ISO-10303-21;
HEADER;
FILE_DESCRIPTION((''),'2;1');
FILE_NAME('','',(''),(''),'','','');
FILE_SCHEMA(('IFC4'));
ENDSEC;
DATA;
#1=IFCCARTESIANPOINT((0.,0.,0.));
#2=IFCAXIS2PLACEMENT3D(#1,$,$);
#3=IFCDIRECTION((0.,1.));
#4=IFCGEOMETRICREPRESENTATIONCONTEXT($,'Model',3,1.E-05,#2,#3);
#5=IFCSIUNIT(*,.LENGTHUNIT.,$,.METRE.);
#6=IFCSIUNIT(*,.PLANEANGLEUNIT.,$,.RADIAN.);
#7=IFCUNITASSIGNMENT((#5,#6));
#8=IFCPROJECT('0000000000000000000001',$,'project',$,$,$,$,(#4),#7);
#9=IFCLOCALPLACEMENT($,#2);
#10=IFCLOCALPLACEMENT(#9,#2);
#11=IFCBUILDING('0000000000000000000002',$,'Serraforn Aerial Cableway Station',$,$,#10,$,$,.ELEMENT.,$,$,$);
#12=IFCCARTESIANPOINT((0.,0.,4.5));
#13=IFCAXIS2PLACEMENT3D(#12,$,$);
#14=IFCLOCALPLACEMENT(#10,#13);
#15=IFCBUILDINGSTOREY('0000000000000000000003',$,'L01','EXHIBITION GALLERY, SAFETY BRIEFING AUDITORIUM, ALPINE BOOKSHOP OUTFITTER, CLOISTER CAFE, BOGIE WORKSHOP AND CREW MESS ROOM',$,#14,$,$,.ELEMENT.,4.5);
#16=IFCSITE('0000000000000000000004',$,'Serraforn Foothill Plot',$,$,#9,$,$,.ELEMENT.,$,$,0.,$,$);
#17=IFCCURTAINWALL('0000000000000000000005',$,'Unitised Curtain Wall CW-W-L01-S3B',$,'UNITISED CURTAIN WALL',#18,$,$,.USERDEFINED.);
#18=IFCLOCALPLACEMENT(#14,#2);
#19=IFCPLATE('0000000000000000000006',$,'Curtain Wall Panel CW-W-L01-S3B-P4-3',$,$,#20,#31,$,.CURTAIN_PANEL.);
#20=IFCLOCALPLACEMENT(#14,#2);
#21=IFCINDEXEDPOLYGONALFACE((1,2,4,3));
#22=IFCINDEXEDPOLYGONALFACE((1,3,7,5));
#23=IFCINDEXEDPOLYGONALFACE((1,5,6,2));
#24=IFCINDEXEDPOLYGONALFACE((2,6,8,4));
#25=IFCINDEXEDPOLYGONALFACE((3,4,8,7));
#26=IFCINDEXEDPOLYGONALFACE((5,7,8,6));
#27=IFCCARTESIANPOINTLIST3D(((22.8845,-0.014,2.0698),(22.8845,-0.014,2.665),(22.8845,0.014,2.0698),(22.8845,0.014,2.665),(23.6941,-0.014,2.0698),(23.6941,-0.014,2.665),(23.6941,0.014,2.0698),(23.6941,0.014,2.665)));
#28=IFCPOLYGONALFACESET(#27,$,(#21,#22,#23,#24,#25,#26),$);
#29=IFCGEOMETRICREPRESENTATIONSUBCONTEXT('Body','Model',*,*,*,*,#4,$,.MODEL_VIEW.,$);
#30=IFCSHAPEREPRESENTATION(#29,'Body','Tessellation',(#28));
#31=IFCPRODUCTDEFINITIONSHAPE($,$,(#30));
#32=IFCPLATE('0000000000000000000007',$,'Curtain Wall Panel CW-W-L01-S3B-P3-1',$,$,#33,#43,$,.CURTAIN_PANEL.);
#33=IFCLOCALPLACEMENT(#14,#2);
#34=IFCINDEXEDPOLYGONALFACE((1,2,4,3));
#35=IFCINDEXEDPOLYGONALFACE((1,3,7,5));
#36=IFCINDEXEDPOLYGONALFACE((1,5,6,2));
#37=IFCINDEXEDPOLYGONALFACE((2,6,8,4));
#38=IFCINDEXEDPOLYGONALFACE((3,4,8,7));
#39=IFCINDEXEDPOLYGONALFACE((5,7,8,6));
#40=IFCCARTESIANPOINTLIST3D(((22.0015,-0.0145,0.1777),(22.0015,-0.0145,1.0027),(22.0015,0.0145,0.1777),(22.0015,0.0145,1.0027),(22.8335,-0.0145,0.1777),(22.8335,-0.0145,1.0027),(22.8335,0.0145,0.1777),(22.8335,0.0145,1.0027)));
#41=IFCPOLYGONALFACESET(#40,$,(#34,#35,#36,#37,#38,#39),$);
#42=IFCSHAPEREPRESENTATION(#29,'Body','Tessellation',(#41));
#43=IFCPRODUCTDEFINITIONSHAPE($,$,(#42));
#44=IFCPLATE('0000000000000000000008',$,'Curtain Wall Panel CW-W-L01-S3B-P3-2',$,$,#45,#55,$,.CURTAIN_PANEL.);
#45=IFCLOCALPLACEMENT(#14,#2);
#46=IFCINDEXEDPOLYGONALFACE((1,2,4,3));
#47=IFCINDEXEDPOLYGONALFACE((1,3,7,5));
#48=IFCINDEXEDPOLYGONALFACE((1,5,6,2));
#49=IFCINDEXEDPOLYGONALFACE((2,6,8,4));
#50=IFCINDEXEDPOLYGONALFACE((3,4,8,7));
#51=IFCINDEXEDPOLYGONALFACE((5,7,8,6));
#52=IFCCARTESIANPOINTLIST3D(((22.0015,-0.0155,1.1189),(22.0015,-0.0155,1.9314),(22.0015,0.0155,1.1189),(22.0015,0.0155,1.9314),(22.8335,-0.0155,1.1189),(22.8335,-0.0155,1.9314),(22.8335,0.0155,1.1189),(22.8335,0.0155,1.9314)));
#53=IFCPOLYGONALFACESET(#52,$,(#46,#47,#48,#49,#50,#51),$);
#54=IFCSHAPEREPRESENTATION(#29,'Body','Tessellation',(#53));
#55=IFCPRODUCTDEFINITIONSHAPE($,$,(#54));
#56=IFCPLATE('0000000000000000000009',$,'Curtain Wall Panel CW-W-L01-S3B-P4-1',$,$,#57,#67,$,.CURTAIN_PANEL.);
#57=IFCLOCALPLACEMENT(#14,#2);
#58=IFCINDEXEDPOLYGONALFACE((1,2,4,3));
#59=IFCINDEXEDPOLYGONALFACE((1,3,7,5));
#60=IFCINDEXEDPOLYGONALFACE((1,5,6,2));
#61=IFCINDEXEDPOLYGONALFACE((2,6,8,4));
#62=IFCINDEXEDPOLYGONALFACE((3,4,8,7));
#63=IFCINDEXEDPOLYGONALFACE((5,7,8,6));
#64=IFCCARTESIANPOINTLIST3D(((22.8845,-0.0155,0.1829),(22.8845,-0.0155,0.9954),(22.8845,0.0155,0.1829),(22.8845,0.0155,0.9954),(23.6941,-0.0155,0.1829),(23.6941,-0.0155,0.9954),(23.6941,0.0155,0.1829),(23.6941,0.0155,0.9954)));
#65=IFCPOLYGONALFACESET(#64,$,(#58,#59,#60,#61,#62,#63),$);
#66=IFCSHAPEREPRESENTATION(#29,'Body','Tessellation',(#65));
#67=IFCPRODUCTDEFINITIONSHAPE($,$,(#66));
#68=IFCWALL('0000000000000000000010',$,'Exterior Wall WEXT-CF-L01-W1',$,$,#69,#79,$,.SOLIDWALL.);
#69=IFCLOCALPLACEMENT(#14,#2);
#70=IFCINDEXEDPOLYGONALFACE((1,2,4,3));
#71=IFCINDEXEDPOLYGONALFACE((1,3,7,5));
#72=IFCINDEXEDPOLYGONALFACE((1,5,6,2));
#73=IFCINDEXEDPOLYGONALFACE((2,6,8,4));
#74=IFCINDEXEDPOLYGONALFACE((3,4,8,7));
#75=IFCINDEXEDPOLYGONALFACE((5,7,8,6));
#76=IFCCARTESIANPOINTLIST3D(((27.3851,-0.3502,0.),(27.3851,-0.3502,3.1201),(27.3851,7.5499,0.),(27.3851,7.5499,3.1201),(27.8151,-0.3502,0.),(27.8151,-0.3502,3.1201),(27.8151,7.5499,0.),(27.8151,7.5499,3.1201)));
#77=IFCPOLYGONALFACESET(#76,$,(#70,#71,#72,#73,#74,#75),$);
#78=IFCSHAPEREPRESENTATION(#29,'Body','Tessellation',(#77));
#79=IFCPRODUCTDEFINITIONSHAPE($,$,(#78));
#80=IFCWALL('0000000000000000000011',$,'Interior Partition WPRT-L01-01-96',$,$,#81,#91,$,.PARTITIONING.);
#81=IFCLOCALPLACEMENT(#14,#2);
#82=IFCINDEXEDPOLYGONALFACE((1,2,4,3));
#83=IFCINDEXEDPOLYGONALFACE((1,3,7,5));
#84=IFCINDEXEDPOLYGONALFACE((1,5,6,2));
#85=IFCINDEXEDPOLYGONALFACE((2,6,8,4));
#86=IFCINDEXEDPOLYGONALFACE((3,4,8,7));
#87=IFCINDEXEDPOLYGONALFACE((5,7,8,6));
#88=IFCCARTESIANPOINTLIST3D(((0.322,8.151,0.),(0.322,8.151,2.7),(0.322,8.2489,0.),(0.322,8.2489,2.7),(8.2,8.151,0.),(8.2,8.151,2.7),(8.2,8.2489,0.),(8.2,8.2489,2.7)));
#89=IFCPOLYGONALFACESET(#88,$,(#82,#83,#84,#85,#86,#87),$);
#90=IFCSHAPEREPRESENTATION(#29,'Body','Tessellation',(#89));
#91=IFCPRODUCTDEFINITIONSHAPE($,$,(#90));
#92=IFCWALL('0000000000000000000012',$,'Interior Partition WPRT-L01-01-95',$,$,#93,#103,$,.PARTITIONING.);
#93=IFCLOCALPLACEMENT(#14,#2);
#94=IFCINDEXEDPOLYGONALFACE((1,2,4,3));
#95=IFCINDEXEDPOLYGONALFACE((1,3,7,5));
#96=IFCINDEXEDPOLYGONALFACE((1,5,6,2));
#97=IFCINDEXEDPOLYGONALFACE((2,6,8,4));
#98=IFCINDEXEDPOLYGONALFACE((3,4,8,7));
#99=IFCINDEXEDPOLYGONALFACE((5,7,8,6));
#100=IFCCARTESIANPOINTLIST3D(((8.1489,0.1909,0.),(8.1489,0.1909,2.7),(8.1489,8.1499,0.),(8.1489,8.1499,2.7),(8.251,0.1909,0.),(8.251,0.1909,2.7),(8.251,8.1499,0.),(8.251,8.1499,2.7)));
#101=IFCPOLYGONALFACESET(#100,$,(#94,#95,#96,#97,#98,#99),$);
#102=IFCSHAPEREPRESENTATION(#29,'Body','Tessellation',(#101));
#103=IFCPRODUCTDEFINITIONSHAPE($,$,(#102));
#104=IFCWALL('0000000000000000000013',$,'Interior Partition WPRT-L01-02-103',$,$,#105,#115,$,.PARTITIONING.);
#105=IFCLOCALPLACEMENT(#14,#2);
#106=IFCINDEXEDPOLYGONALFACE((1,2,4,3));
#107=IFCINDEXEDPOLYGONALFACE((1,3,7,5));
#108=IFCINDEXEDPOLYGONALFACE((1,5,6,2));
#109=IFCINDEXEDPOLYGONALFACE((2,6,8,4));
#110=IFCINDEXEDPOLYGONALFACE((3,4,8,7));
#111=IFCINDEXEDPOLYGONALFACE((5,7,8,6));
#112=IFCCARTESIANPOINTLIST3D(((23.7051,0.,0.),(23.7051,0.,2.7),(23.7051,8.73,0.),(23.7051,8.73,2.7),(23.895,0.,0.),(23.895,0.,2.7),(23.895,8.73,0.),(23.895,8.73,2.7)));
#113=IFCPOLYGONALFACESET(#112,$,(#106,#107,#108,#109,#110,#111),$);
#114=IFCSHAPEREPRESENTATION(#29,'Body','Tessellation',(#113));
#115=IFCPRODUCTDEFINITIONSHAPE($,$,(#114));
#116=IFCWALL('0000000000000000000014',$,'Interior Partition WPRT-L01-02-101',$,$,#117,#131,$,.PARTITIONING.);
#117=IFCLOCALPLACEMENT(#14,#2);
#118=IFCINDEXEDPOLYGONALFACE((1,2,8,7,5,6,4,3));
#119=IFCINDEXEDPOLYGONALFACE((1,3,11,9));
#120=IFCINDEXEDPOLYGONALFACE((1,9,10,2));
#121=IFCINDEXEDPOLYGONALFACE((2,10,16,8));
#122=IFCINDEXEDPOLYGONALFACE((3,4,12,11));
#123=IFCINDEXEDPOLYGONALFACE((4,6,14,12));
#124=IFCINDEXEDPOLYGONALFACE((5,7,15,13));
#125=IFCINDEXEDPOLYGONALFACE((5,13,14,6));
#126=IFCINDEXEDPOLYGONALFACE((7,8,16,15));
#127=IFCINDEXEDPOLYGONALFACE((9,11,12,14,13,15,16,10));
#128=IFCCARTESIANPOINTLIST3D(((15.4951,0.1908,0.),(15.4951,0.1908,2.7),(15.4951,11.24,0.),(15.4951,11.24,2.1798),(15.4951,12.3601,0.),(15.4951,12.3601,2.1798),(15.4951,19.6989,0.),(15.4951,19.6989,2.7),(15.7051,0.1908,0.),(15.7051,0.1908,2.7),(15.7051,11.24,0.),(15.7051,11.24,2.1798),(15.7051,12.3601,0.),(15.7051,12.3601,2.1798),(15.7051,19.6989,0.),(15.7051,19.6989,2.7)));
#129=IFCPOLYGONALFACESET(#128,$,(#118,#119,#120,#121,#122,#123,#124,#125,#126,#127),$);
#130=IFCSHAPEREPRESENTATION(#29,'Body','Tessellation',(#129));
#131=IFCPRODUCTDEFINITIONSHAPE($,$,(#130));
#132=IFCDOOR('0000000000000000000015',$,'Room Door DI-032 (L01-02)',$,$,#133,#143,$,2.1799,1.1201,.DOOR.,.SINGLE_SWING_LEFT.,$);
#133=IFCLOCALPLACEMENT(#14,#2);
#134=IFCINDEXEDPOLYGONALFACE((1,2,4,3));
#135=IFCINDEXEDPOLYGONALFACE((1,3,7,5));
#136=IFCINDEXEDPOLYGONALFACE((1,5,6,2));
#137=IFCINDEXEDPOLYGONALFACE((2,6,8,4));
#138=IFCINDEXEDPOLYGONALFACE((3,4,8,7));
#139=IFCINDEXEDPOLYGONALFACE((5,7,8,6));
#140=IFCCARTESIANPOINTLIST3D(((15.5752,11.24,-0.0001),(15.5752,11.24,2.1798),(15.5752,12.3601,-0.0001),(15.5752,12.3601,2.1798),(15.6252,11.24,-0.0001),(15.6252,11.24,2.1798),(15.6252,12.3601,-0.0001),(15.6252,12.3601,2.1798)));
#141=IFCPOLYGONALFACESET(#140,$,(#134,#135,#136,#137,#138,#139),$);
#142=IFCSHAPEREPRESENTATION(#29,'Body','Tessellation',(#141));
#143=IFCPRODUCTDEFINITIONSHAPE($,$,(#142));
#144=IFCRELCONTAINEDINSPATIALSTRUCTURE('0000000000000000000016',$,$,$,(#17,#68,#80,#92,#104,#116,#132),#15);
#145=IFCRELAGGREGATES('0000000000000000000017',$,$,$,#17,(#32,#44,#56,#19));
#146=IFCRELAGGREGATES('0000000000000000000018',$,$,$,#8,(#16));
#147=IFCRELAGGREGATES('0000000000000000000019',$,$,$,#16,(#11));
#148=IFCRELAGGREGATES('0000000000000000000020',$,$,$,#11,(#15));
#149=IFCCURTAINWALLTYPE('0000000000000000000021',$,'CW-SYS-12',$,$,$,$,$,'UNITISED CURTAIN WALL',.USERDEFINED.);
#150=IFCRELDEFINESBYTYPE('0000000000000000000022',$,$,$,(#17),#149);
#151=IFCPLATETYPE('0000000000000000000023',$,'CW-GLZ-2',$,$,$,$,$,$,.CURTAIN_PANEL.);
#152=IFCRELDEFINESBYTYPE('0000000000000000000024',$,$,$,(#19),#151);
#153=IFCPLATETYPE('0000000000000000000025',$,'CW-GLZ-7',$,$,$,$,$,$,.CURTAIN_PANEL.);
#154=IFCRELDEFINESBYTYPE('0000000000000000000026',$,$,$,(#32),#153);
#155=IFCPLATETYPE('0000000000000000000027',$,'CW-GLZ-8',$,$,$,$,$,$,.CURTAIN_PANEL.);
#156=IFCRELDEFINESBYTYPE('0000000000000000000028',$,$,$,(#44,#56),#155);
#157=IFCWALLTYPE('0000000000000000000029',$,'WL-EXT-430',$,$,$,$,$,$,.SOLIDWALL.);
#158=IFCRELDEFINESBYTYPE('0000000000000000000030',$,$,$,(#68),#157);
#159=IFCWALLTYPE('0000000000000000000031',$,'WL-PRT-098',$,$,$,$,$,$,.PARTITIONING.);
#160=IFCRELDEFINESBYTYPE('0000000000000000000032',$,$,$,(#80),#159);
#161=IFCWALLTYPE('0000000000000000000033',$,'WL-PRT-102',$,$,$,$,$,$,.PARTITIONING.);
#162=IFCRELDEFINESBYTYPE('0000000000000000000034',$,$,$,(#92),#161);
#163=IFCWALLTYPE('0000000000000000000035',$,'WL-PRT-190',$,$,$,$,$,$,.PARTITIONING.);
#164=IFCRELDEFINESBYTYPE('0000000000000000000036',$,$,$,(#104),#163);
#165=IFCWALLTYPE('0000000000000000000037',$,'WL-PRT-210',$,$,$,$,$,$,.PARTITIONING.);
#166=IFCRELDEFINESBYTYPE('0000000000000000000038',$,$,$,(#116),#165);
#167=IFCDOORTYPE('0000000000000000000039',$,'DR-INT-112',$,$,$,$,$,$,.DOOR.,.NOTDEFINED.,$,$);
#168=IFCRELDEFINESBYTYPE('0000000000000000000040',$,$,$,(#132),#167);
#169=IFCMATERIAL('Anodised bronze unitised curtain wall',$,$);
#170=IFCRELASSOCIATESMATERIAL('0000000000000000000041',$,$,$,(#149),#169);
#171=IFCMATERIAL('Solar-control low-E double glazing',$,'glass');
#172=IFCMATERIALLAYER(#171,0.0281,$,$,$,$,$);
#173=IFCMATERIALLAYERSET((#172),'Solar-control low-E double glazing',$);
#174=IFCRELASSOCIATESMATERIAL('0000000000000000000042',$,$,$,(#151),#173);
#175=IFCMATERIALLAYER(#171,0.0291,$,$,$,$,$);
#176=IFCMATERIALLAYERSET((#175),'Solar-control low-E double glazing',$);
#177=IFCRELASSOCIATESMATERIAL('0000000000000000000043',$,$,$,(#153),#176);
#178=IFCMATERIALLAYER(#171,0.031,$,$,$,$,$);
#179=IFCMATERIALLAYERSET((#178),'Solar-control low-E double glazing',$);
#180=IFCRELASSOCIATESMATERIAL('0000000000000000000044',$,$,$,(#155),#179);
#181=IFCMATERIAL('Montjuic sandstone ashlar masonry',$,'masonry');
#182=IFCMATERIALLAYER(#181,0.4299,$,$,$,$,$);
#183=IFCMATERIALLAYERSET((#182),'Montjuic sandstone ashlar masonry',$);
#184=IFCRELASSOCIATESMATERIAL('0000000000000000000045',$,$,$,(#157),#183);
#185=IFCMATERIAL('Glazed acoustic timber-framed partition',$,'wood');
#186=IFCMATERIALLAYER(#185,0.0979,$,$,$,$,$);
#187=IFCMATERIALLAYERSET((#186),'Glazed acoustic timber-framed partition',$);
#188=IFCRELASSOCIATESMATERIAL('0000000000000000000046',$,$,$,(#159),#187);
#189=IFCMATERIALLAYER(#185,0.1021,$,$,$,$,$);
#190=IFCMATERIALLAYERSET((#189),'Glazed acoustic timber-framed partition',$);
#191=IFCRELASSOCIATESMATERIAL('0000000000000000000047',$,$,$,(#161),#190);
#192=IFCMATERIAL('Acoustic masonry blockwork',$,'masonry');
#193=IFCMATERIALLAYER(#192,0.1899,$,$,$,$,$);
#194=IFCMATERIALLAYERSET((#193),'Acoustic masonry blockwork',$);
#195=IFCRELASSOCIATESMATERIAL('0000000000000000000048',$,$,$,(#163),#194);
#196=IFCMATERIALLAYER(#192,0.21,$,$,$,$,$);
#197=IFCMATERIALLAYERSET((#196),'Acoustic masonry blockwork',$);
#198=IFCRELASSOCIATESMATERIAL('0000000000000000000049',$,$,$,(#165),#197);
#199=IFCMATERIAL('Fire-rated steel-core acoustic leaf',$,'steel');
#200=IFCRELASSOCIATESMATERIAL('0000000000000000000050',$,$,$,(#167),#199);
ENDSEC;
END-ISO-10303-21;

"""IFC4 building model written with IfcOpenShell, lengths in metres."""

from ifc_helpers import new_model, si_unit, direction, frame, frame_2d, origin, origin_2d, place, context, subcontext, project, spatial, rectangle, extrude, material, layer, layer_set, type_object, element, fill, aggregate, save


model = new_model("IFC4")

# Units and contexts
model_context = context("Model", 3, precision=1e-05, world=origin(), true_north=direction((0.0, 1.0)))
body_context = subcontext(model_context, "Body", "Model", "MODEL_VIEW")
ifc_project = project(units=[si_unit("LENGTHUNIT", "METRE"), si_unit("PLANEANGLEUNIT", "RADIAN")], contexts=[model_context])

# Site, building, storey
site_placement = place(None, origin())
site = spatial("IfcSite", under=ifc_project, at=site_placement, Name="Serraforn Foothill Plot", CompositionType="ELEMENT", RefElevation=0.0)
building_placement = place(site_placement, origin())
building = spatial("IfcBuilding", under=site, at=building_placement, Name="Serraforn Aerial Cableway Station", CompositionType="ELEMENT")
storey_placement = place(building_placement, frame((0.0, 0.0, 4.5)))
storey = spatial("IfcBuildingStorey", under=building, at=storey_placement, Name="L01", Description="EXHIBITION GALLERY, SAFETY BRIEFING AUDITORIUM, ALPINE BOOKSHOP OUTFITTER, CLOISTER CAFE, BOGIE WORKSHOP AND CREW MESS ROOM", CompositionType="ELEMENT", Elevation=4.5)

# Curtain wall, plates
ifc_material_1 = material(Name="Anodised bronze unitised curtain wall")
curtain_wall_type = type_object("IfcCurtainWallType", Name="CW-SYS-12", ElementType="UNITISED CURTAIN WALL", PredefinedType="USERDEFINED", material=ifc_material_1)
curtain_wall_placement = place(storey_placement, origin())
curtain_wall = element("IfcCurtainWall", 1, at=curtain_wall_placement, inside=storey, type_object=curtain_wall_type, Name="Unitised Curtain Wall CW-W-L01-S3B", ObjectType="UNITISED CURTAIN WALL", PredefinedType="USERDEFINED")
ifc_material_2 = material(Name="Solar-control low-E double glazing", Category="glass")
ifc_layer_1 = layer(ifc_material_2, 0.0281)
ifc_layer_set_1 = layer_set([ifc_layer_1], Name="Solar-control low-E double glazing")
plate_type_1 = type_object("IfcPlateType", Name="CW-GLZ-2", PredefinedType="CURTAIN_PANEL", material=ifc_layer_set_1)
plate_1_placement = place(storey_placement, frame((23.2893, 0.0, 2.0698), z_axis=(0.0, 0.0, 1.0), x_axis=(1.0, 0.0, 0.0)))
plate_1 = element("IfcPlate", 2, at=plate_1_placement, type_object=plate_type_1, Name="Curtain Wall Panel CW-W-L01-S3B-P4-3", PredefinedType="CURTAIN_PANEL", context=body_context, shape_type="SweptSolid", body=[
    extrude(rectangle(XDim=0.8096, YDim=0.0281, at=origin_2d()), origin(), (0.0, 0.0, 1.0), 0.5952),
])
ifc_layer_2 = layer(ifc_material_2, 0.0291)
ifc_layer_set_2 = layer_set([ifc_layer_2], Name="Solar-control low-E double glazing")
plate_type_2 = type_object("IfcPlateType", Name="CW-GLZ-7", PredefinedType="CURTAIN_PANEL", material=ifc_layer_set_2)
plate_2_placement = place(storey_placement, frame((22.4175, 0.0, 0.1777), z_axis=(0.0, 0.0, 1.0), x_axis=(1.0, 0.0, 0.0)))
plate_2 = element("IfcPlate", 3, at=plate_2_placement, type_object=plate_type_2, Name="Curtain Wall Panel CW-W-L01-S3B-P3-1", PredefinedType="CURTAIN_PANEL", context=body_context, shape_type="SweptSolid", body=[
    extrude(rectangle(XDim=0.832, YDim=0.0291, at=origin_2d()), origin(), (0.0, 0.0, 1.0), 0.825),
])
ifc_layer_3 = layer(ifc_material_2, 0.031)
ifc_layer_set_3 = layer_set([ifc_layer_3], Name="Solar-control low-E double glazing")
plate_type_3 = type_object("IfcPlateType", Name="CW-GLZ-8", PredefinedType="CURTAIN_PANEL", material=ifc_layer_set_3)
plate_3_placement = place(storey_placement, frame((22.4175, 0.0, 1.1189), z_axis=(0.0, 0.0, 1.0), x_axis=(1.0, 0.0, 0.0)))
plate_3 = element("IfcPlate", 4, at=plate_3_placement, type_object=plate_type_3, Name="Curtain Wall Panel CW-W-L01-S3B-P3-2", PredefinedType="CURTAIN_PANEL", context=body_context, shape_type="SweptSolid", body=[
    extrude(rectangle(XDim=0.832, YDim=0.031, at=origin_2d()), origin(), (0.0, 0.0, 1.0), 0.8125),
])
plate_4_placement = place(storey_placement, frame((23.2893, 0.0, 0.1829), z_axis=(0.0, 0.0, 1.0), x_axis=(1.0, 0.0, 0.0)))
plate_4 = element("IfcPlate", 5, at=plate_4_placement, type_object=plate_type_3, Name="Curtain Wall Panel CW-W-L01-S3B-P4-1", PredefinedType="CURTAIN_PANEL", context=body_context, shape_type="SweptSolid", body=[
    extrude(rectangle(XDim=0.8096, YDim=0.031, at=origin_2d()), origin(), (0.0, 0.0, 1.0), 0.8125),
])
aggregate(curtain_wall, [plate_2, plate_3, plate_4, plate_1])

# Walls
ifc_material_3 = material(Name="Montjuic sandstone ashlar masonry", Category="masonry")
ifc_layer_4 = layer(ifc_material_3, 0.4299)
ifc_layer_set_4 = layer_set([ifc_layer_4], Name="Montjuic sandstone ashlar masonry")
wall_type_1 = type_object("IfcWallType", Name="WL-EXT-430", PredefinedType="SOLIDWALL", material=ifc_layer_set_4)
wall_1_placement = place(storey_placement, frame((27.6001, 7.55, 0.0), z_axis=(0.0, 0.0, 1.0), x_axis=(0.0, -1.0, 0.0)))
element("IfcWall", 6, at=wall_1_placement, inside=storey, type_object=wall_type_1, Name="Exterior Wall WEXT-CF-L01-W1", PredefinedType="SOLIDWALL", context=body_context, shape_type="SweptSolid", body=[
    extrude(rectangle(XDim=7.9001, YDim=0.4299, at=frame_2d((3.9502, 0.0))), origin(), (0.0, 0.0, 1.0), 3.1201),
])
ifc_material_4 = material(Name="Glazed acoustic timber-framed partition", Category="wood")
ifc_layer_5 = layer(ifc_material_4, 0.0979)
ifc_layer_set_5 = layer_set([ifc_layer_5], Name="Glazed acoustic timber-framed partition")
wall_type_2 = type_object("IfcWallType", Name="WL-PRT-098", PredefinedType="PARTITIONING", material=ifc_layer_set_5)
wall_2_placement = place(storey_placement, frame((8.2, 8.2, 0.0), z_axis=(0.0, 0.0, 1.0), x_axis=(-1.0, 0.0, 0.0)))
element("IfcWall", 7, at=wall_2_placement, inside=storey, type_object=wall_type_2, Name="Interior Partition WPRT-L01-01-96", PredefinedType="PARTITIONING", context=body_context, shape_type="SweptSolid", body=[
    extrude(rectangle(XDim=7.8779, YDim=0.0979, at=frame_2d((3.939, 0.0))), origin(), (0.0, 0.0, 1.0), 2.7),
])
ifc_layer_6 = layer(ifc_material_4, 0.1021)
ifc_layer_set_6 = layer_set([ifc_layer_6], Name="Glazed acoustic timber-framed partition")
wall_type_3 = type_object("IfcWallType", Name="WL-PRT-102", PredefinedType="PARTITIONING", material=ifc_layer_set_6)
wall_3_placement = place(storey_placement, frame((8.2, 0.1909, 0.0), z_axis=(0.0, 0.0, 1.0), x_axis=(0.0, 1.0, 0.0)))
element("IfcWall", 8, at=wall_3_placement, inside=storey, type_object=wall_type_3, Name="Interior Partition WPRT-L01-01-95", PredefinedType="PARTITIONING", context=body_context, shape_type="SweptSolid", body=[
    extrude(rectangle(XDim=7.959, YDim=0.1021, at=frame_2d((3.9795, 0.0))), origin(), (0.0, 0.0, 1.0), 2.7),
])
ifc_material_5 = material(Name="Acoustic masonry blockwork", Category="masonry")
ifc_layer_7 = layer(ifc_material_5, 0.1899)
ifc_layer_set_7 = layer_set([ifc_layer_7], Name="Acoustic masonry blockwork")
wall_type_4 = type_object("IfcWallType", Name="WL-PRT-190", PredefinedType="PARTITIONING", material=ifc_layer_set_7)
wall_4_placement = place(storey_placement, frame((23.8, 8.73, 0.0), z_axis=(0.0, 0.0, 1.0), x_axis=(0.0, -1.0, 0.0)))
element("IfcWall", 9, at=wall_4_placement, inside=storey, type_object=wall_type_4, Name="Interior Partition WPRT-L01-02-103", PredefinedType="PARTITIONING", context=body_context, shape_type="SweptSolid", body=[
    extrude(rectangle(XDim=8.73, YDim=0.1899, at=frame_2d((4.365, 0.0))), origin(), (0.0, 0.0, 1.0), 2.7),
])

# Wall, opening, door
ifc_layer_8 = layer(ifc_material_5, 0.21)
ifc_layer_set_8 = layer_set([ifc_layer_8], Name="Acoustic masonry blockwork")
wall_type_5 = type_object("IfcWallType", Name="WL-PRT-210", PredefinedType="PARTITIONING", material=ifc_layer_set_8)
wall_5_placement = place(storey_placement, frame((15.6001, 0.1909, 0.0), z_axis=(0.0, 0.0, 1.0), x_axis=(0.0, 1.0, 0.0)))
wall_5 = element("IfcWall", 10, at=wall_5_placement, inside=storey, type_object=wall_type_5, Name="Interior Partition WPRT-L01-02-101", PredefinedType="PARTITIONING", context=body_context, shape_type="SweptSolid", body=[
    extrude(rectangle(XDim=19.5081, YDim=0.21, at=frame_2d((9.7539, 0.0))), origin(), (0.0, 0.0, 1.0), 2.7),
])
opening_placement = place(wall_5_placement, frame((11.0491, 0.0, 0.0)))
opening = element("IfcOpeningElement", 11, at=opening_placement, cuts=wall_5, PredefinedType="OPENING", context=body_context, shape_type="SweptSolid", body=[
    extrude(rectangle(XDim=1.1201, YDim=2.1799, at=frame_2d((0.5601, 1.0898))), frame((0.0, 0.115, 0.0), z_axis=(0.0, -1.0, 0.0), x_axis=(1.0, 0.0, 0.0)), (0.0, 0.0, 1.0), 0.23),
])
ifc_material_6 = material(Name="Fire-rated steel-core acoustic leaf", Category="steel")
door_type = type_object("IfcDoorType", Name="DR-INT-112", OperationType="NOTDEFINED", PredefinedType="DOOR", material=ifc_material_6)
door_placement = place(opening_placement, origin())
door = element("IfcDoor", 12, at=door_placement, inside=storey, type_object=door_type, Name="Room Door DI-032 (L01-02)", OperationType="SINGLE_SWING_LEFT", OverallHeight=2.1799, OverallWidth=1.1201, PredefinedType="DOOR", context=body_context, shape_type="SweptSolid", body=[
    extrude(rectangle(XDim=1.1201, YDim=2.1799, at=frame_2d((0.5601, 1.0898))), frame((0.0, 0.0249, 0.0), z_axis=(0.0, -1.0, 0.0), x_axis=(1.0, 0.0, 0.0)), (0.0, 0.0, 1.0), 0.05),
])
fill(opening, door)

save(model, "model.ifc")
